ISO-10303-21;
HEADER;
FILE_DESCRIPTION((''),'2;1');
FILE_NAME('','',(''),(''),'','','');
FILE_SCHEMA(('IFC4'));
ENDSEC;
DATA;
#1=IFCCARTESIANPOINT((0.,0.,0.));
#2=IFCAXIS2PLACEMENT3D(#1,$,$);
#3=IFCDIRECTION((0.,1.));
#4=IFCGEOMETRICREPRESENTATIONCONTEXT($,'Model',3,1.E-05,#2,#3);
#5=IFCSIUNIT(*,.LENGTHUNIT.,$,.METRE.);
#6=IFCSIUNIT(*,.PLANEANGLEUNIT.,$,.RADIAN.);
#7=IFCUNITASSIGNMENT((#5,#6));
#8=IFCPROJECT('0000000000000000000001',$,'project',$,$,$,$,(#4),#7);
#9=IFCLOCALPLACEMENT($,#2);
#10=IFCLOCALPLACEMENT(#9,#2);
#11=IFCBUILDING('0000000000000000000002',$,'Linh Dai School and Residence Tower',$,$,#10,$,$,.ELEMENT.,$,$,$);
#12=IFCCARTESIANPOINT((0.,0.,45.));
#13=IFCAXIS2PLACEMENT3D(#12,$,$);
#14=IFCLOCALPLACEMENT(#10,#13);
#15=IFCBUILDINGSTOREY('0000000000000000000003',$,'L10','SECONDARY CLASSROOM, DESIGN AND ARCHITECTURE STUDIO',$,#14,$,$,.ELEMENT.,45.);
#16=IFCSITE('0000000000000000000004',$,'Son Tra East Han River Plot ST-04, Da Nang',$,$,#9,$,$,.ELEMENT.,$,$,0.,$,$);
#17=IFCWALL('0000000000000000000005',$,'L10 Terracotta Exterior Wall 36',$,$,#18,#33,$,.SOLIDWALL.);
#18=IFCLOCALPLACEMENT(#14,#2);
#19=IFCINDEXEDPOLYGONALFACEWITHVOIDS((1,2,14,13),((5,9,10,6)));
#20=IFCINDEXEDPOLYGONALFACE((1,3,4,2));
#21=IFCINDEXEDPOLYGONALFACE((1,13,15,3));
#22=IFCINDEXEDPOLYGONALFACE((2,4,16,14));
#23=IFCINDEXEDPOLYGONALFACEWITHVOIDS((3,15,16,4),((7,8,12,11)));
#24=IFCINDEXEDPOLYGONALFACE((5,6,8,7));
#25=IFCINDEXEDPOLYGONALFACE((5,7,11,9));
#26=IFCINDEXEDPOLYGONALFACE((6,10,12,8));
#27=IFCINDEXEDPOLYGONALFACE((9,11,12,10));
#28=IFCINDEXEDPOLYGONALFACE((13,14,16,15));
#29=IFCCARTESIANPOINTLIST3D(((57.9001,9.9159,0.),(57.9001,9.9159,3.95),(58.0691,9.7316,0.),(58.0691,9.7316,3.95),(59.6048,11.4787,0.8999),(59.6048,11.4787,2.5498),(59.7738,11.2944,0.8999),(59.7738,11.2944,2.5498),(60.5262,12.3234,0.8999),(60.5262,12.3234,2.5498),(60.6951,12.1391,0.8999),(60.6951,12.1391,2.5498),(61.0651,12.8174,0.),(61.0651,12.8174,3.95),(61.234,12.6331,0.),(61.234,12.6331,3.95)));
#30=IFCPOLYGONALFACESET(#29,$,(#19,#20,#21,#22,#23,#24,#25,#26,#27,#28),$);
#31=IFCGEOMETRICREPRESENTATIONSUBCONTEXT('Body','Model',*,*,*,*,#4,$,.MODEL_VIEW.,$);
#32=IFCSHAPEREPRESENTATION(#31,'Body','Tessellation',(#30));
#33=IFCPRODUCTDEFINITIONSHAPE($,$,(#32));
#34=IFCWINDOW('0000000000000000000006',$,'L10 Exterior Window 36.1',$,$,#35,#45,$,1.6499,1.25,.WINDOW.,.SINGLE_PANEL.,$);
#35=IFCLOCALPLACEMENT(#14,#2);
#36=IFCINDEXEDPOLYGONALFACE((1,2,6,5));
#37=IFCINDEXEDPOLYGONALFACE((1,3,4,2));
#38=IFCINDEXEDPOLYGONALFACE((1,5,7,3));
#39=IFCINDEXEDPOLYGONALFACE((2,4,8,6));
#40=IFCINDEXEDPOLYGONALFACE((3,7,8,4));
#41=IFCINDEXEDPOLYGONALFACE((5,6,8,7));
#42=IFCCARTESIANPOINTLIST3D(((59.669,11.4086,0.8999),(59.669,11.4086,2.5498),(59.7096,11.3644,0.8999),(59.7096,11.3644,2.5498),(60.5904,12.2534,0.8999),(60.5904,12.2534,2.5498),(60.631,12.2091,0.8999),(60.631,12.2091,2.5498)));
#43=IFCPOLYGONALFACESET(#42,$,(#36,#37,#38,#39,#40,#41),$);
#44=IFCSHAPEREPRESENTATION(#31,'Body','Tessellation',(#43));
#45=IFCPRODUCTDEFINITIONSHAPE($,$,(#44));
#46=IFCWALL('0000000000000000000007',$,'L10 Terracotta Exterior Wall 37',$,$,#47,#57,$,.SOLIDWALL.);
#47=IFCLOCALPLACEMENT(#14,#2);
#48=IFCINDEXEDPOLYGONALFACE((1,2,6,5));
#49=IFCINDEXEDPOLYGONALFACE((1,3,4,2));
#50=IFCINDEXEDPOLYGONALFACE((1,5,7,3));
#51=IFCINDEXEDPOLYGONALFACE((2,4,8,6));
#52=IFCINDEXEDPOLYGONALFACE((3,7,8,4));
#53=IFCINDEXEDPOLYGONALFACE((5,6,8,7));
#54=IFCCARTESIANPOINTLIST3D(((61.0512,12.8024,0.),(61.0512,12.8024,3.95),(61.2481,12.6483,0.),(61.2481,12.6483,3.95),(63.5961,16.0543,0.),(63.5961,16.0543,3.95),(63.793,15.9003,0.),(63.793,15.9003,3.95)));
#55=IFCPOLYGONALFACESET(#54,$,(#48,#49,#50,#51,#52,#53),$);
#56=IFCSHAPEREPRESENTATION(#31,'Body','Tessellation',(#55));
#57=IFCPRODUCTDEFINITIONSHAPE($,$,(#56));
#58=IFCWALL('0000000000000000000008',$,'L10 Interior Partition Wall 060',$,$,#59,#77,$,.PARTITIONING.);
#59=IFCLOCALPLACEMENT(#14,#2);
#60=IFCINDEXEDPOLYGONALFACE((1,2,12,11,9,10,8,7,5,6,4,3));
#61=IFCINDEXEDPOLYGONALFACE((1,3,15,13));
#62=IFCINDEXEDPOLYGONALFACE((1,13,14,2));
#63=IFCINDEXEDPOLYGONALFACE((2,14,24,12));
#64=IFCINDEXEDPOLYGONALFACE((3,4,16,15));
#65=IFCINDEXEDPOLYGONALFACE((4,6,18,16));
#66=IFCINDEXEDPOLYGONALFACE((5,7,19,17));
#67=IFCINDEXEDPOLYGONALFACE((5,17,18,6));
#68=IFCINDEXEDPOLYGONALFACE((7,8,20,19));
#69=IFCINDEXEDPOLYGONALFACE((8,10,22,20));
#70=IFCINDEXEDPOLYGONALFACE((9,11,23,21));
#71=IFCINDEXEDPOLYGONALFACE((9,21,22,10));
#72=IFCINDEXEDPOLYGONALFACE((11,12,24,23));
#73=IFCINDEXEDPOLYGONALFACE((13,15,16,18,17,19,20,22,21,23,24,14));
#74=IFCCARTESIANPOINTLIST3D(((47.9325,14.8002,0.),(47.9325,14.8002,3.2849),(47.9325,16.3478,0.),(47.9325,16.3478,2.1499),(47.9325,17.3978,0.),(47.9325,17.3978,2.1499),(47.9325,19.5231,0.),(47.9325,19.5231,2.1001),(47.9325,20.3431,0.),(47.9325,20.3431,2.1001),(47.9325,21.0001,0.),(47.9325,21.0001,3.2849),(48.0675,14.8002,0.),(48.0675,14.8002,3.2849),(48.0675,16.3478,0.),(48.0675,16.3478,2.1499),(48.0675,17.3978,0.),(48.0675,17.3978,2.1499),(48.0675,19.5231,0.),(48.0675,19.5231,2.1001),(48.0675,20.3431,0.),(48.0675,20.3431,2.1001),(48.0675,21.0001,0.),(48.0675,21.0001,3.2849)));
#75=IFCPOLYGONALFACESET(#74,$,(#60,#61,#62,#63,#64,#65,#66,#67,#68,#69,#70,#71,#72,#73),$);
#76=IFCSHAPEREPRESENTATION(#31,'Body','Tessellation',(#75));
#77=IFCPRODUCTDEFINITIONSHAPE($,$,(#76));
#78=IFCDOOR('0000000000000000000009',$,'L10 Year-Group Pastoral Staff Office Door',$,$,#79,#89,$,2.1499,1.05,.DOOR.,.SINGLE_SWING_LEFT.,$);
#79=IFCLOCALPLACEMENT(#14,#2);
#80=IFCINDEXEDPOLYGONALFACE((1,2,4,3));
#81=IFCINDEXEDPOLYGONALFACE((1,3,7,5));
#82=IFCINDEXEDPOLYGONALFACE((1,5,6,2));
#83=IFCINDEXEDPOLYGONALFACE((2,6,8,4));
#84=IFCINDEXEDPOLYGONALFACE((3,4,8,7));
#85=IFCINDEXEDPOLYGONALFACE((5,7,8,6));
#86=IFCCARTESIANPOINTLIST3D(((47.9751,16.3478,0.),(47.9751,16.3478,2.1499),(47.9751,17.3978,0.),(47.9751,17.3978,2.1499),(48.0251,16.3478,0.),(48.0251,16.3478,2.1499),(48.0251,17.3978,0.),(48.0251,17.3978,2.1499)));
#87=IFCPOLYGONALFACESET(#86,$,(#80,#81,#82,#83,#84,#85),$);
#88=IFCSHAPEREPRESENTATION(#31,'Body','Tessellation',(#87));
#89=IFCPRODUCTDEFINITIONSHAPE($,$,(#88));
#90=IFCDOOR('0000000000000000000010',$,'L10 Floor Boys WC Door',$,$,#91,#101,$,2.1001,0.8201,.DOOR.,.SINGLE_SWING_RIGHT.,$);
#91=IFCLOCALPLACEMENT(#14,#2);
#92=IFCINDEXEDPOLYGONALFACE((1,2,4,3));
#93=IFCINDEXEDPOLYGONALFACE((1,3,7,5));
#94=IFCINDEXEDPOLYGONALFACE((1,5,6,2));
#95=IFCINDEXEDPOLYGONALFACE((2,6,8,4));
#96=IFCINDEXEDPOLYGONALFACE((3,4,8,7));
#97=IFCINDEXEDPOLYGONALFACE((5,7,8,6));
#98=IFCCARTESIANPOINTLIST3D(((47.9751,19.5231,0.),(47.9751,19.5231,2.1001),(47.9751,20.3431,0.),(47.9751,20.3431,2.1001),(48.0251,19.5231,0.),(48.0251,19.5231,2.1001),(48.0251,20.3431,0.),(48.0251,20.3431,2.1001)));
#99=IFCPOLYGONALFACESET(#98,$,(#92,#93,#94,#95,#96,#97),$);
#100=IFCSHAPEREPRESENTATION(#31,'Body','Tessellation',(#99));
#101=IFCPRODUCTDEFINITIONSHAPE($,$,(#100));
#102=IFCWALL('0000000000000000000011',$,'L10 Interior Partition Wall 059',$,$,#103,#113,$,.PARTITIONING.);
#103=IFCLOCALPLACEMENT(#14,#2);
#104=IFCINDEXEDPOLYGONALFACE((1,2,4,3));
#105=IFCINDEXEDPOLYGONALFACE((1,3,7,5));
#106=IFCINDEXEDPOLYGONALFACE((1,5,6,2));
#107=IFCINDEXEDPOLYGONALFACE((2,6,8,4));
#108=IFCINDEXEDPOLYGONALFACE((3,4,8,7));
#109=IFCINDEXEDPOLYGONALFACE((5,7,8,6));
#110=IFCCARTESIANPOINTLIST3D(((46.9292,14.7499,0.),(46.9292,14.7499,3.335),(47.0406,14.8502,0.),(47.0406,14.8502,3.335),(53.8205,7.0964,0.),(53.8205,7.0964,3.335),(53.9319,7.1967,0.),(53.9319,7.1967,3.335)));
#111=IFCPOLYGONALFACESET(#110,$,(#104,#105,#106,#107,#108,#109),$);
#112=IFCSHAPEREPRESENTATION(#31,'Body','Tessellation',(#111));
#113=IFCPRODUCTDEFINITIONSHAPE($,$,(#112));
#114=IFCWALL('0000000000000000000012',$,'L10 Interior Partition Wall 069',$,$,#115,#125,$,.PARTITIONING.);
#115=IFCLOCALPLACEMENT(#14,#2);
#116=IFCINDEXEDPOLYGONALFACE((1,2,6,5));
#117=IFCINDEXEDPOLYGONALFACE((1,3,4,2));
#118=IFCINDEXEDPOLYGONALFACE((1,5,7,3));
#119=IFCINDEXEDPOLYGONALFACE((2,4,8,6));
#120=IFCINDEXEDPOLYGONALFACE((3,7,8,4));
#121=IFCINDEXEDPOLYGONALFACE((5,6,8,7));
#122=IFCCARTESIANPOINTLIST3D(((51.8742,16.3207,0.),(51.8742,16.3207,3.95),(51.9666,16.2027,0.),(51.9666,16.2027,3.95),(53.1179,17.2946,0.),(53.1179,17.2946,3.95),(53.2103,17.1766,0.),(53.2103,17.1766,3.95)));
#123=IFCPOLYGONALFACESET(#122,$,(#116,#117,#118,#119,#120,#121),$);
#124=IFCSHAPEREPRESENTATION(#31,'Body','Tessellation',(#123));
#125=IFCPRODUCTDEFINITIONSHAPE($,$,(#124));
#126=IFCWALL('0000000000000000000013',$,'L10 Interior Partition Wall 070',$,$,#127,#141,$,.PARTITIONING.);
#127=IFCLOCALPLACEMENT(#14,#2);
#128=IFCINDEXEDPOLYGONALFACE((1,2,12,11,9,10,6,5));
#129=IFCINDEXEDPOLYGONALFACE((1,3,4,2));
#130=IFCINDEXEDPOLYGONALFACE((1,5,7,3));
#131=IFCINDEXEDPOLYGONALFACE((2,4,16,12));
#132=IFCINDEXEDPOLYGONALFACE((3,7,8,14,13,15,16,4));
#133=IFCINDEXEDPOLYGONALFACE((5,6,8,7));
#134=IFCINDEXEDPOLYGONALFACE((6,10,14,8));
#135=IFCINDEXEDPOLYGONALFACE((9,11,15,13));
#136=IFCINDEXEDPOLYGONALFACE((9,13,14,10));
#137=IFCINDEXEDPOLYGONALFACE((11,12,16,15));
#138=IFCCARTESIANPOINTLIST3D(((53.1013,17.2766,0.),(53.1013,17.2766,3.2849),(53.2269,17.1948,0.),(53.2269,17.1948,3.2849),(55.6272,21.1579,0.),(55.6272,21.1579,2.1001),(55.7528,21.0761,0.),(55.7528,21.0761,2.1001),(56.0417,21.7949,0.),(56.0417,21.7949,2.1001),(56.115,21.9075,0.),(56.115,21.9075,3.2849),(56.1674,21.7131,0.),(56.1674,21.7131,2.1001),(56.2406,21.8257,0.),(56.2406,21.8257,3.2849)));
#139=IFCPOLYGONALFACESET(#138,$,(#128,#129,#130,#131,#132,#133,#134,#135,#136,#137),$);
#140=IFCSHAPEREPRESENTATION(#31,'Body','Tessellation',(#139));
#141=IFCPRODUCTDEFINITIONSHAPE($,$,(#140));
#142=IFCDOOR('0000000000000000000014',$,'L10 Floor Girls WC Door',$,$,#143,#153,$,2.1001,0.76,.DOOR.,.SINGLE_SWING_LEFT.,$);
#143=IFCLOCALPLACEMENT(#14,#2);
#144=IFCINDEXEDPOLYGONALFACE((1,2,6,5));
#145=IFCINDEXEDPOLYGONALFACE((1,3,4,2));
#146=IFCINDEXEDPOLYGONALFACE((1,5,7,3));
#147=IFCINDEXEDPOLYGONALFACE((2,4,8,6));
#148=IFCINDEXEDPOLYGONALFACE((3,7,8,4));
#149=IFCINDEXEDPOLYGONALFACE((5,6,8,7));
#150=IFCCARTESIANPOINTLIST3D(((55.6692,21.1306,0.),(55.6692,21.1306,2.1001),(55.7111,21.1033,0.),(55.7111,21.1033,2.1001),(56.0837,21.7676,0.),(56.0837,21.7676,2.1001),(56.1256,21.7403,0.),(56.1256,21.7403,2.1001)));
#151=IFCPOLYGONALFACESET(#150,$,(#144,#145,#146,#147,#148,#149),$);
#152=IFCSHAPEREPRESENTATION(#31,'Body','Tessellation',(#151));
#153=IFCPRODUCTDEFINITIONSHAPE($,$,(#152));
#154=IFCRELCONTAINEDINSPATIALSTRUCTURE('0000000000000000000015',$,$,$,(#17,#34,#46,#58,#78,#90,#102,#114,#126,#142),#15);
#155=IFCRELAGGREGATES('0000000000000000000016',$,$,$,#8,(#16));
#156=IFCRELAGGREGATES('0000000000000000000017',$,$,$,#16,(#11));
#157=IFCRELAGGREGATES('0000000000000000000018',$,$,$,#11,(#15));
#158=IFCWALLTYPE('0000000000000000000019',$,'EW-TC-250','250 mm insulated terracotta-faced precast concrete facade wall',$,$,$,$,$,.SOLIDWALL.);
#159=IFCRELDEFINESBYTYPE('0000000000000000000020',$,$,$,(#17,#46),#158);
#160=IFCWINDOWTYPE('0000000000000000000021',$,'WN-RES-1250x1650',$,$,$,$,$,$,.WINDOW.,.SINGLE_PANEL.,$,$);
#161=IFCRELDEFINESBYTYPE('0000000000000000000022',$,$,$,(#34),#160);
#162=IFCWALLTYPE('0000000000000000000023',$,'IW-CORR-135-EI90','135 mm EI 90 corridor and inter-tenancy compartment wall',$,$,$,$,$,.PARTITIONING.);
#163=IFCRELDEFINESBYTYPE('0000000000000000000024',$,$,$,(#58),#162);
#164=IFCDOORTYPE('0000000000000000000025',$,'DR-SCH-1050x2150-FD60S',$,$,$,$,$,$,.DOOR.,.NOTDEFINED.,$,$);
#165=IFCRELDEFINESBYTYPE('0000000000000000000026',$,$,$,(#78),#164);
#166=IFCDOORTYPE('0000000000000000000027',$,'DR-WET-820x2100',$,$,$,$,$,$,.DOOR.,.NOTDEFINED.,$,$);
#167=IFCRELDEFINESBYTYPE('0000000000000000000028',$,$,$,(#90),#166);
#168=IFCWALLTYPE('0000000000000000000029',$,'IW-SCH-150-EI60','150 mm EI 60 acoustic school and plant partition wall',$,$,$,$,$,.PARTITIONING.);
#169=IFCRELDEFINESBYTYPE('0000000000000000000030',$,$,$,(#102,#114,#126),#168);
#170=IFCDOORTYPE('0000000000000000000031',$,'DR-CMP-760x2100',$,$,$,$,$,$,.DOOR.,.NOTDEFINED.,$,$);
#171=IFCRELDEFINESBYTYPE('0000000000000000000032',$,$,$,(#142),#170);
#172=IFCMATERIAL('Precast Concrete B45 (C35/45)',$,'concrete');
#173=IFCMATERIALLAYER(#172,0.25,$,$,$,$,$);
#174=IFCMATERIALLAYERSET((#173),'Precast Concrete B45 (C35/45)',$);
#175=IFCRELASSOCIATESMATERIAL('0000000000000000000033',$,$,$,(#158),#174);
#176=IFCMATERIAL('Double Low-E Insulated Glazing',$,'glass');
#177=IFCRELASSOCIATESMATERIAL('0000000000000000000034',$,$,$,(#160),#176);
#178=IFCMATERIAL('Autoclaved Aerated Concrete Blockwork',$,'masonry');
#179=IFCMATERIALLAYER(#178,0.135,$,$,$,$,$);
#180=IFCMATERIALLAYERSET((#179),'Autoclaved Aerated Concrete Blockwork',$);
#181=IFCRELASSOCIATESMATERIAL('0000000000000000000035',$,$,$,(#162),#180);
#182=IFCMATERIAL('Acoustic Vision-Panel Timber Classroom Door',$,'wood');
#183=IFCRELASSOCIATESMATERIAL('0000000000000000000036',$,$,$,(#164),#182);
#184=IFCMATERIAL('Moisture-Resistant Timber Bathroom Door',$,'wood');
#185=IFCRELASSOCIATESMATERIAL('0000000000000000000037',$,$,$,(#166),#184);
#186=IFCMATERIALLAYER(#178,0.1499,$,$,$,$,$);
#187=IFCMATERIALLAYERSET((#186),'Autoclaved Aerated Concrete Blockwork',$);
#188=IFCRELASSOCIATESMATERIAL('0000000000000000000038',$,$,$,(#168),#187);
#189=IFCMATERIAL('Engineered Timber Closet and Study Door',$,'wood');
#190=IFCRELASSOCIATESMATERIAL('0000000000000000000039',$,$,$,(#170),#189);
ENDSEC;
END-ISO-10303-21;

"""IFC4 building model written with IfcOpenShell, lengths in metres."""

from ifc_helpers import new_model, si_unit, direction, frame, frame_2d, origin, origin_2d, place, context, subcontext, project, spatial, rectangle, extrude, source, transform, mapped, material, layer, layer_set, type_object, element, fill, save


model = new_model("IFC4")

# Units and contexts
model_context = context("Model", 3, precision=1e-05, world=origin(), true_north=direction((0.0, 1.0)))
body_context = subcontext(model_context, "Body", "Model", "MODEL_VIEW")
ifc_project = project(units=[si_unit("LENGTHUNIT", "METRE"), si_unit("PLANEANGLEUNIT", "RADIAN")], contexts=[model_context])

# Site, building, storey
site_placement = place(None, origin())
site = spatial("IfcSite", under=ifc_project, at=site_placement, Name="Son Tra East Han River Plot ST-04, Da Nang", CompositionType="ELEMENT", RefElevation=0.0)
building_placement = place(site_placement, origin())
building = spatial("IfcBuilding", under=site, at=building_placement, Name="Linh Dai School and Residence Tower", CompositionType="ELEMENT")
storey_placement = place(building_placement, frame((0.0, 0.0, 45.0)))
storey = spatial("IfcBuildingStorey", under=building, at=storey_placement, Name="L10", Description="SECONDARY CLASSROOM, DESIGN AND ARCHITECTURE STUDIO", CompositionType="ELEMENT", Elevation=45.0)

# Shared definitions
ifc_material_1 = material(Name="Precast Concrete B45 (C35/45)", Category="concrete")
ifc_material_2 = material(Name="Double Low-E Insulated Glazing", Category="glass")

# Wall, opening, window
ifc_layer_1 = layer(ifc_material_1, 0.25)
ifc_layer_set_1 = layer_set([ifc_layer_1], Name="Precast Concrete B45 (C35/45)")
wall_type_1 = type_object("IfcWallType", Name="EW-TC-250", Description="250 mm insulated terracotta-faced precast concrete facade wall", PredefinedType="SOLIDWALL", material=ifc_layer_set_1)
wall_1_placement = place(storey_placement, frame((61.1497, 12.7253, 0.0), z_axis=(0.0, 0.0, 1.0), x_axis=(-0.737116, -0.675766, 0.0)))
wall_1 = element("IfcWall", 1, at=wall_1_placement, inside=storey, type_object=wall_type_1, Name="L10 Terracotta Exterior Wall 36", PredefinedType="SOLIDWALL", context=body_context, shape_type="SweptSolid", body=[
    extrude(rectangle(XDim=4.2937, YDim=0.25, at=frame_2d((2.147, 0.0))), origin(), (0.0, 0.0, 1.0), 3.95),
])
opening_1_placement = place(wall_1_placement, frame((0.7312, 0.0, 0.8999)))
opening_1 = element("IfcOpeningElement", 2, at=opening_1_placement, cuts=wall_1, PredefinedType="OPENING", context=body_context, shape_type="SweptSolid", body=[
    extrude(rectangle(XDim=1.25, YDim=1.6499, at=origin_2d()), frame((0.625, 0.135, 0.825), z_axis=(0.0, -1.0, 0.0), x_axis=(1.0, 0.0, 0.0)), (0.0, 0.0, 1.0), 0.27),
])
window_type_1 = type_object("IfcWindowType", Name="WN-RES-1250x1650", PartitioningType="SINGLE_PANEL", PredefinedType="WINDOW", material=ifc_material_2)
shared_shape_1 = source(origin(), body_context, "Body", "SweptSolid", [
    extrude(rectangle(XDim=1.25, YDim=1.6499, at=origin_2d()), frame((0.625, 0.03, 0.825), z_axis=(0.0, -1.0, 0.0), x_axis=(1.0, 0.0, 0.0)), (0.0, 0.0, 1.0), 0.0601),
])
window_1_placement = place(opening_1_placement, origin())
window_1 = element("IfcWindow", 3, at=window_1_placement, inside=storey, type_object=window_type_1, Name="L10 Exterior Window 36.1", OverallHeight=1.6499, OverallWidth=1.25, PartitioningType="SINGLE_PANEL", PredefinedType="WINDOW", context=body_context, shape_type="MappedRepresentation", body=[
    mapped(shared_shape_1, transform((0.0, 0.0, 0.0), x_axis=(1.0, 0.0, 0.0), y_axis=(0.0, 1.0, 0.0), z_axis=(0.0, 0.0, 1.0), scale=1.0)),
])
fill(opening_1, window_1)

# Wall
wall_2_placement = place(storey_placement, frame((63.6946, 15.9773, 0.0), z_axis=(0.0, 0.0, 1.0), x_axis=(-0.616296, -0.787515, 0.0)))
element("IfcWall", 4, at=wall_2_placement, inside=storey, type_object=wall_type_1, Name="L10 Terracotta Exterior Wall 37", PredefinedType="SOLIDWALL", context=body_context, shape_type="SweptSolid", body=[
    extrude(rectangle(XDim=4.1294, YDim=0.25, at=frame_2d((2.0647, 0.0))), origin(), (0.0, 0.0, 1.0), 3.95),
])

# Wall, openings, doors
ifc_material_3 = material(Name="Autoclaved Aerated Concrete Blockwork", Category="masonry")
ifc_layer_2 = layer(ifc_material_3, 0.135)
ifc_layer_set_2 = layer_set([ifc_layer_2], Name="Autoclaved Aerated Concrete Blockwork")
wall_type_2 = type_object("IfcWallType", Name="IW-CORR-135-EI90", Description="135 mm EI 90 corridor and inter-tenancy compartment wall", PredefinedType="PARTITIONING", material=ifc_layer_set_2)
wall_3_placement = place(storey_placement, frame((48.0, 14.8, 0.0), z_axis=(0.0, 0.0, 1.0), x_axis=(0.0, 1.0, 0.0)))
wall_3 = element("IfcWall", 5, at=wall_3_placement, inside=storey, type_object=wall_type_2, Name="L10 Interior Partition Wall 060", PredefinedType="PARTITIONING", context=body_context, shape_type="SweptSolid", body=[
    extrude(rectangle(XDim=6.2, YDim=0.135, at=frame_2d((3.1001, 0.0))), origin(), (0.0, 0.0, 1.0), 3.2849),
])
opening_2_placement = place(wall_3_placement, frame((1.5479, 0.0, 0.0)))
opening_2 = element("IfcOpeningElement", 6, at=opening_2_placement, cuts=wall_3, PredefinedType="OPENING", context=body_context, shape_type="SweptSolid", body=[
    extrude(rectangle(XDim=1.05, YDim=2.1499, at=origin_2d()), frame((0.5249, 0.0776, 1.075), z_axis=(0.0, -1.0, 0.0), x_axis=(1.0, 0.0, 0.0)), (0.0, 0.0, 1.0), 0.155),
])
opening_3_placement = place(wall_3_placement, frame((4.7229, 0.0, 0.0)))
opening_3 = element("IfcOpeningElement", 7, at=opening_3_placement, cuts=wall_3, PredefinedType="OPENING", context=body_context, shape_type="SweptSolid", body=[
    extrude(rectangle(XDim=0.8201, YDim=2.1001, at=origin_2d()), frame((0.4102, 0.0776, 1.05), z_axis=(0.0, -1.0, 0.0), x_axis=(1.0, 0.0, 0.0)), (0.0, 0.0, 1.0), 0.155),
])
ifc_material_4 = material(Name="Acoustic Vision-Panel Timber Classroom Door", Category="wood")
door_type_1 = type_object("IfcDoorType", Name="DR-SCH-1050x2150-FD60S", OperationType="NOTDEFINED", PredefinedType="DOOR", material=ifc_material_4)
shared_shape_2 = source(origin(), body_context, "Body", "SweptSolid", [
    extrude(rectangle(XDim=1.05, YDim=2.1499, at=origin_2d()), frame((0.5249, 0.0249, 1.075), z_axis=(0.0, -1.0, 0.0), x_axis=(1.0, 0.0, 0.0)), (0.0, 0.0, 1.0), 0.05),
])
door_1_placement = place(opening_2_placement, origin())
door_1 = element("IfcDoor", 8, at=door_1_placement, inside=storey, type_object=door_type_1, Name="L10 Year-Group Pastoral Staff Office Door", OperationType="SINGLE_SWING_LEFT", OverallHeight=2.1499, OverallWidth=1.05, PredefinedType="DOOR", context=body_context, shape_type="MappedRepresentation", body=[
    mapped(shared_shape_2, transform((0.0, 0.0, 0.0), x_axis=(1.0, 0.0, 0.0), y_axis=(0.0, 1.0, 0.0), z_axis=(0.0, 0.0, 1.0), scale=1.0)),
])
fill(opening_2, door_1)
ifc_material_5 = material(Name="Moisture-Resistant Timber Bathroom Door", Category="wood")
door_type_2 = type_object("IfcDoorType", Name="DR-WET-820x2100", OperationType="NOTDEFINED", PredefinedType="DOOR", material=ifc_material_5)
shared_shape_3 = source(origin(), body_context, "Body", "SweptSolid", [
    extrude(rectangle(XDim=0.8201, YDim=2.1001, at=origin_2d()), frame((0.4102, 0.0249, 1.05), z_axis=(0.0, -1.0, 0.0), x_axis=(1.0, 0.0, 0.0)), (0.0, 0.0, 1.0), 0.05),
])
door_2_placement = place(opening_3_placement, origin())
door_2 = element("IfcDoor", 9, at=door_2_placement, inside=storey, type_object=door_type_2, Name="L10 Floor Boys WC Door", OperationType="SINGLE_SWING_RIGHT", OverallHeight=2.1001, OverallWidth=0.8201, PredefinedType="DOOR", context=body_context, shape_type="MappedRepresentation", body=[
    mapped(shared_shape_3, transform((0.0, 0.0, 0.0), x_axis=(1.0, 0.0, 0.0), y_axis=(0.0, 1.0, 0.0), z_axis=(0.0, 0.0, 1.0), scale=1.0)),
])
fill(opening_3, door_2)

# Walls
ifc_layer_3 = layer(ifc_material_3, 0.1499)
ifc_layer_set_3 = layer_set([ifc_layer_3], Name="Autoclaved Aerated Concrete Blockwork")
wall_type_3 = type_object("IfcWallType", Name="IW-SCH-150-EI60", Description="150 mm EI 60 acoustic school and plant partition wall", PredefinedType="PARTITIONING", material=ifc_layer_set_3)
wall_4_placement = place(storey_placement, frame((46.9849, 14.8, 0.0), z_axis=(0.0, 0.0, 1.0), x_axis=(0.669134, -0.743142, 0.0)))
element("IfcWall", 10, at=wall_4_placement, inside=storey, type_object=wall_type_3, Name="L10 Interior Partition Wall 059", PredefinedType="PARTITIONING", context=body_context, shape_type="SweptSolid", body=[
    extrude(rectangle(XDim=10.2988, YDim=0.1499, at=frame_2d((5.1494, 0.0))), origin(), (0.0, 0.0, 1.0), 3.335),
])
wall_5_placement = place(storey_placement, frame((51.9204, 16.2617, 0.0), z_axis=(0.0, 0.0, 1.0), x_axis=(0.787326, 0.616537, 0.0)))
element("IfcWall", 11, at=wall_5_placement, inside=storey, type_object=wall_type_3, Name="L10 Interior Partition Wall 069", PredefinedType="PARTITIONING", context=body_context, shape_type="SweptSolid", body=[
    extrude(rectangle(XDim=1.5796, YDim=0.1499, at=frame_2d((0.7898, 0.0))), origin(), (0.0, 0.0, 1.0), 3.95),
])

# Wall, opening, door
wall_6_placement = place(storey_placement, frame((53.1641, 17.2356, 0.0), z_axis=(0.0, 0.0, 1.0), x_axis=(0.545448, 0.838145, 0.0)))
wall_6 = element("IfcWall", 12, at=wall_6_placement, inside=storey, type_object=wall_type_3, Name="L10 Interior Partition Wall 070", PredefinedType="PARTITIONING", context=body_context, shape_type="SweptSolid", body=[
    extrude(rectangle(XDim=5.5251, YDim=0.1499, at=frame_2d((2.7627, 0.0))), origin(), (0.0, 0.0, 1.0), 3.2849),
])
opening_4_placement = place(wall_6_placement, frame((4.6311, 0.0, 0.0)))
opening_4 = element("IfcOpeningElement", 13, at=opening_4_placement, cuts=wall_6, PredefinedType="OPENING", context=body_context, shape_type="SweptSolid", body=[
    extrude(rectangle(XDim=0.76, YDim=2.1001, at=origin_2d()), frame((0.3799, 0.085, 1.05), z_axis=(0.0, -1.0, 0.0), x_axis=(1.0, 0.0, 0.0)), (0.0, 0.0, 1.0), 0.1699),
])
ifc_material_6 = material(Name="Engineered Timber Closet and Study Door", Category="wood")
door_type_3 = type_object("IfcDoorType", Name="DR-CMP-760x2100", OperationType="NOTDEFINED", PredefinedType="DOOR", material=ifc_material_6)
shared_shape_4 = source(origin(), body_context, "Body", "SweptSolid", [
    extrude(rectangle(XDim=0.76, YDim=2.1001, at=origin_2d()), frame((0.3799, 0.0249, 1.05), z_axis=(0.0, -1.0, 0.0), x_axis=(1.0, 0.0, 0.0)), (0.0, 0.0, 1.0), 0.05),
])
door_3_placement = place(opening_4_placement, origin())
door_3 = element("IfcDoor", 14, at=door_3_placement, inside=storey, type_object=door_type_3, Name="L10 Floor Girls WC Door", OperationType="SINGLE_SWING_LEFT", OverallHeight=2.1001, OverallWidth=0.76, PredefinedType="DOOR", context=body_context, shape_type="MappedRepresentation", body=[
    mapped(shared_shape_4, transform((0.0, 0.0, 0.0), x_axis=(1.0, 0.0, 0.0), y_axis=(0.0, 1.0, 0.0), z_axis=(0.0, 0.0, 1.0), scale=1.0)),
])
fill(opening_4, door_3)

save(model, "model.ifc")
